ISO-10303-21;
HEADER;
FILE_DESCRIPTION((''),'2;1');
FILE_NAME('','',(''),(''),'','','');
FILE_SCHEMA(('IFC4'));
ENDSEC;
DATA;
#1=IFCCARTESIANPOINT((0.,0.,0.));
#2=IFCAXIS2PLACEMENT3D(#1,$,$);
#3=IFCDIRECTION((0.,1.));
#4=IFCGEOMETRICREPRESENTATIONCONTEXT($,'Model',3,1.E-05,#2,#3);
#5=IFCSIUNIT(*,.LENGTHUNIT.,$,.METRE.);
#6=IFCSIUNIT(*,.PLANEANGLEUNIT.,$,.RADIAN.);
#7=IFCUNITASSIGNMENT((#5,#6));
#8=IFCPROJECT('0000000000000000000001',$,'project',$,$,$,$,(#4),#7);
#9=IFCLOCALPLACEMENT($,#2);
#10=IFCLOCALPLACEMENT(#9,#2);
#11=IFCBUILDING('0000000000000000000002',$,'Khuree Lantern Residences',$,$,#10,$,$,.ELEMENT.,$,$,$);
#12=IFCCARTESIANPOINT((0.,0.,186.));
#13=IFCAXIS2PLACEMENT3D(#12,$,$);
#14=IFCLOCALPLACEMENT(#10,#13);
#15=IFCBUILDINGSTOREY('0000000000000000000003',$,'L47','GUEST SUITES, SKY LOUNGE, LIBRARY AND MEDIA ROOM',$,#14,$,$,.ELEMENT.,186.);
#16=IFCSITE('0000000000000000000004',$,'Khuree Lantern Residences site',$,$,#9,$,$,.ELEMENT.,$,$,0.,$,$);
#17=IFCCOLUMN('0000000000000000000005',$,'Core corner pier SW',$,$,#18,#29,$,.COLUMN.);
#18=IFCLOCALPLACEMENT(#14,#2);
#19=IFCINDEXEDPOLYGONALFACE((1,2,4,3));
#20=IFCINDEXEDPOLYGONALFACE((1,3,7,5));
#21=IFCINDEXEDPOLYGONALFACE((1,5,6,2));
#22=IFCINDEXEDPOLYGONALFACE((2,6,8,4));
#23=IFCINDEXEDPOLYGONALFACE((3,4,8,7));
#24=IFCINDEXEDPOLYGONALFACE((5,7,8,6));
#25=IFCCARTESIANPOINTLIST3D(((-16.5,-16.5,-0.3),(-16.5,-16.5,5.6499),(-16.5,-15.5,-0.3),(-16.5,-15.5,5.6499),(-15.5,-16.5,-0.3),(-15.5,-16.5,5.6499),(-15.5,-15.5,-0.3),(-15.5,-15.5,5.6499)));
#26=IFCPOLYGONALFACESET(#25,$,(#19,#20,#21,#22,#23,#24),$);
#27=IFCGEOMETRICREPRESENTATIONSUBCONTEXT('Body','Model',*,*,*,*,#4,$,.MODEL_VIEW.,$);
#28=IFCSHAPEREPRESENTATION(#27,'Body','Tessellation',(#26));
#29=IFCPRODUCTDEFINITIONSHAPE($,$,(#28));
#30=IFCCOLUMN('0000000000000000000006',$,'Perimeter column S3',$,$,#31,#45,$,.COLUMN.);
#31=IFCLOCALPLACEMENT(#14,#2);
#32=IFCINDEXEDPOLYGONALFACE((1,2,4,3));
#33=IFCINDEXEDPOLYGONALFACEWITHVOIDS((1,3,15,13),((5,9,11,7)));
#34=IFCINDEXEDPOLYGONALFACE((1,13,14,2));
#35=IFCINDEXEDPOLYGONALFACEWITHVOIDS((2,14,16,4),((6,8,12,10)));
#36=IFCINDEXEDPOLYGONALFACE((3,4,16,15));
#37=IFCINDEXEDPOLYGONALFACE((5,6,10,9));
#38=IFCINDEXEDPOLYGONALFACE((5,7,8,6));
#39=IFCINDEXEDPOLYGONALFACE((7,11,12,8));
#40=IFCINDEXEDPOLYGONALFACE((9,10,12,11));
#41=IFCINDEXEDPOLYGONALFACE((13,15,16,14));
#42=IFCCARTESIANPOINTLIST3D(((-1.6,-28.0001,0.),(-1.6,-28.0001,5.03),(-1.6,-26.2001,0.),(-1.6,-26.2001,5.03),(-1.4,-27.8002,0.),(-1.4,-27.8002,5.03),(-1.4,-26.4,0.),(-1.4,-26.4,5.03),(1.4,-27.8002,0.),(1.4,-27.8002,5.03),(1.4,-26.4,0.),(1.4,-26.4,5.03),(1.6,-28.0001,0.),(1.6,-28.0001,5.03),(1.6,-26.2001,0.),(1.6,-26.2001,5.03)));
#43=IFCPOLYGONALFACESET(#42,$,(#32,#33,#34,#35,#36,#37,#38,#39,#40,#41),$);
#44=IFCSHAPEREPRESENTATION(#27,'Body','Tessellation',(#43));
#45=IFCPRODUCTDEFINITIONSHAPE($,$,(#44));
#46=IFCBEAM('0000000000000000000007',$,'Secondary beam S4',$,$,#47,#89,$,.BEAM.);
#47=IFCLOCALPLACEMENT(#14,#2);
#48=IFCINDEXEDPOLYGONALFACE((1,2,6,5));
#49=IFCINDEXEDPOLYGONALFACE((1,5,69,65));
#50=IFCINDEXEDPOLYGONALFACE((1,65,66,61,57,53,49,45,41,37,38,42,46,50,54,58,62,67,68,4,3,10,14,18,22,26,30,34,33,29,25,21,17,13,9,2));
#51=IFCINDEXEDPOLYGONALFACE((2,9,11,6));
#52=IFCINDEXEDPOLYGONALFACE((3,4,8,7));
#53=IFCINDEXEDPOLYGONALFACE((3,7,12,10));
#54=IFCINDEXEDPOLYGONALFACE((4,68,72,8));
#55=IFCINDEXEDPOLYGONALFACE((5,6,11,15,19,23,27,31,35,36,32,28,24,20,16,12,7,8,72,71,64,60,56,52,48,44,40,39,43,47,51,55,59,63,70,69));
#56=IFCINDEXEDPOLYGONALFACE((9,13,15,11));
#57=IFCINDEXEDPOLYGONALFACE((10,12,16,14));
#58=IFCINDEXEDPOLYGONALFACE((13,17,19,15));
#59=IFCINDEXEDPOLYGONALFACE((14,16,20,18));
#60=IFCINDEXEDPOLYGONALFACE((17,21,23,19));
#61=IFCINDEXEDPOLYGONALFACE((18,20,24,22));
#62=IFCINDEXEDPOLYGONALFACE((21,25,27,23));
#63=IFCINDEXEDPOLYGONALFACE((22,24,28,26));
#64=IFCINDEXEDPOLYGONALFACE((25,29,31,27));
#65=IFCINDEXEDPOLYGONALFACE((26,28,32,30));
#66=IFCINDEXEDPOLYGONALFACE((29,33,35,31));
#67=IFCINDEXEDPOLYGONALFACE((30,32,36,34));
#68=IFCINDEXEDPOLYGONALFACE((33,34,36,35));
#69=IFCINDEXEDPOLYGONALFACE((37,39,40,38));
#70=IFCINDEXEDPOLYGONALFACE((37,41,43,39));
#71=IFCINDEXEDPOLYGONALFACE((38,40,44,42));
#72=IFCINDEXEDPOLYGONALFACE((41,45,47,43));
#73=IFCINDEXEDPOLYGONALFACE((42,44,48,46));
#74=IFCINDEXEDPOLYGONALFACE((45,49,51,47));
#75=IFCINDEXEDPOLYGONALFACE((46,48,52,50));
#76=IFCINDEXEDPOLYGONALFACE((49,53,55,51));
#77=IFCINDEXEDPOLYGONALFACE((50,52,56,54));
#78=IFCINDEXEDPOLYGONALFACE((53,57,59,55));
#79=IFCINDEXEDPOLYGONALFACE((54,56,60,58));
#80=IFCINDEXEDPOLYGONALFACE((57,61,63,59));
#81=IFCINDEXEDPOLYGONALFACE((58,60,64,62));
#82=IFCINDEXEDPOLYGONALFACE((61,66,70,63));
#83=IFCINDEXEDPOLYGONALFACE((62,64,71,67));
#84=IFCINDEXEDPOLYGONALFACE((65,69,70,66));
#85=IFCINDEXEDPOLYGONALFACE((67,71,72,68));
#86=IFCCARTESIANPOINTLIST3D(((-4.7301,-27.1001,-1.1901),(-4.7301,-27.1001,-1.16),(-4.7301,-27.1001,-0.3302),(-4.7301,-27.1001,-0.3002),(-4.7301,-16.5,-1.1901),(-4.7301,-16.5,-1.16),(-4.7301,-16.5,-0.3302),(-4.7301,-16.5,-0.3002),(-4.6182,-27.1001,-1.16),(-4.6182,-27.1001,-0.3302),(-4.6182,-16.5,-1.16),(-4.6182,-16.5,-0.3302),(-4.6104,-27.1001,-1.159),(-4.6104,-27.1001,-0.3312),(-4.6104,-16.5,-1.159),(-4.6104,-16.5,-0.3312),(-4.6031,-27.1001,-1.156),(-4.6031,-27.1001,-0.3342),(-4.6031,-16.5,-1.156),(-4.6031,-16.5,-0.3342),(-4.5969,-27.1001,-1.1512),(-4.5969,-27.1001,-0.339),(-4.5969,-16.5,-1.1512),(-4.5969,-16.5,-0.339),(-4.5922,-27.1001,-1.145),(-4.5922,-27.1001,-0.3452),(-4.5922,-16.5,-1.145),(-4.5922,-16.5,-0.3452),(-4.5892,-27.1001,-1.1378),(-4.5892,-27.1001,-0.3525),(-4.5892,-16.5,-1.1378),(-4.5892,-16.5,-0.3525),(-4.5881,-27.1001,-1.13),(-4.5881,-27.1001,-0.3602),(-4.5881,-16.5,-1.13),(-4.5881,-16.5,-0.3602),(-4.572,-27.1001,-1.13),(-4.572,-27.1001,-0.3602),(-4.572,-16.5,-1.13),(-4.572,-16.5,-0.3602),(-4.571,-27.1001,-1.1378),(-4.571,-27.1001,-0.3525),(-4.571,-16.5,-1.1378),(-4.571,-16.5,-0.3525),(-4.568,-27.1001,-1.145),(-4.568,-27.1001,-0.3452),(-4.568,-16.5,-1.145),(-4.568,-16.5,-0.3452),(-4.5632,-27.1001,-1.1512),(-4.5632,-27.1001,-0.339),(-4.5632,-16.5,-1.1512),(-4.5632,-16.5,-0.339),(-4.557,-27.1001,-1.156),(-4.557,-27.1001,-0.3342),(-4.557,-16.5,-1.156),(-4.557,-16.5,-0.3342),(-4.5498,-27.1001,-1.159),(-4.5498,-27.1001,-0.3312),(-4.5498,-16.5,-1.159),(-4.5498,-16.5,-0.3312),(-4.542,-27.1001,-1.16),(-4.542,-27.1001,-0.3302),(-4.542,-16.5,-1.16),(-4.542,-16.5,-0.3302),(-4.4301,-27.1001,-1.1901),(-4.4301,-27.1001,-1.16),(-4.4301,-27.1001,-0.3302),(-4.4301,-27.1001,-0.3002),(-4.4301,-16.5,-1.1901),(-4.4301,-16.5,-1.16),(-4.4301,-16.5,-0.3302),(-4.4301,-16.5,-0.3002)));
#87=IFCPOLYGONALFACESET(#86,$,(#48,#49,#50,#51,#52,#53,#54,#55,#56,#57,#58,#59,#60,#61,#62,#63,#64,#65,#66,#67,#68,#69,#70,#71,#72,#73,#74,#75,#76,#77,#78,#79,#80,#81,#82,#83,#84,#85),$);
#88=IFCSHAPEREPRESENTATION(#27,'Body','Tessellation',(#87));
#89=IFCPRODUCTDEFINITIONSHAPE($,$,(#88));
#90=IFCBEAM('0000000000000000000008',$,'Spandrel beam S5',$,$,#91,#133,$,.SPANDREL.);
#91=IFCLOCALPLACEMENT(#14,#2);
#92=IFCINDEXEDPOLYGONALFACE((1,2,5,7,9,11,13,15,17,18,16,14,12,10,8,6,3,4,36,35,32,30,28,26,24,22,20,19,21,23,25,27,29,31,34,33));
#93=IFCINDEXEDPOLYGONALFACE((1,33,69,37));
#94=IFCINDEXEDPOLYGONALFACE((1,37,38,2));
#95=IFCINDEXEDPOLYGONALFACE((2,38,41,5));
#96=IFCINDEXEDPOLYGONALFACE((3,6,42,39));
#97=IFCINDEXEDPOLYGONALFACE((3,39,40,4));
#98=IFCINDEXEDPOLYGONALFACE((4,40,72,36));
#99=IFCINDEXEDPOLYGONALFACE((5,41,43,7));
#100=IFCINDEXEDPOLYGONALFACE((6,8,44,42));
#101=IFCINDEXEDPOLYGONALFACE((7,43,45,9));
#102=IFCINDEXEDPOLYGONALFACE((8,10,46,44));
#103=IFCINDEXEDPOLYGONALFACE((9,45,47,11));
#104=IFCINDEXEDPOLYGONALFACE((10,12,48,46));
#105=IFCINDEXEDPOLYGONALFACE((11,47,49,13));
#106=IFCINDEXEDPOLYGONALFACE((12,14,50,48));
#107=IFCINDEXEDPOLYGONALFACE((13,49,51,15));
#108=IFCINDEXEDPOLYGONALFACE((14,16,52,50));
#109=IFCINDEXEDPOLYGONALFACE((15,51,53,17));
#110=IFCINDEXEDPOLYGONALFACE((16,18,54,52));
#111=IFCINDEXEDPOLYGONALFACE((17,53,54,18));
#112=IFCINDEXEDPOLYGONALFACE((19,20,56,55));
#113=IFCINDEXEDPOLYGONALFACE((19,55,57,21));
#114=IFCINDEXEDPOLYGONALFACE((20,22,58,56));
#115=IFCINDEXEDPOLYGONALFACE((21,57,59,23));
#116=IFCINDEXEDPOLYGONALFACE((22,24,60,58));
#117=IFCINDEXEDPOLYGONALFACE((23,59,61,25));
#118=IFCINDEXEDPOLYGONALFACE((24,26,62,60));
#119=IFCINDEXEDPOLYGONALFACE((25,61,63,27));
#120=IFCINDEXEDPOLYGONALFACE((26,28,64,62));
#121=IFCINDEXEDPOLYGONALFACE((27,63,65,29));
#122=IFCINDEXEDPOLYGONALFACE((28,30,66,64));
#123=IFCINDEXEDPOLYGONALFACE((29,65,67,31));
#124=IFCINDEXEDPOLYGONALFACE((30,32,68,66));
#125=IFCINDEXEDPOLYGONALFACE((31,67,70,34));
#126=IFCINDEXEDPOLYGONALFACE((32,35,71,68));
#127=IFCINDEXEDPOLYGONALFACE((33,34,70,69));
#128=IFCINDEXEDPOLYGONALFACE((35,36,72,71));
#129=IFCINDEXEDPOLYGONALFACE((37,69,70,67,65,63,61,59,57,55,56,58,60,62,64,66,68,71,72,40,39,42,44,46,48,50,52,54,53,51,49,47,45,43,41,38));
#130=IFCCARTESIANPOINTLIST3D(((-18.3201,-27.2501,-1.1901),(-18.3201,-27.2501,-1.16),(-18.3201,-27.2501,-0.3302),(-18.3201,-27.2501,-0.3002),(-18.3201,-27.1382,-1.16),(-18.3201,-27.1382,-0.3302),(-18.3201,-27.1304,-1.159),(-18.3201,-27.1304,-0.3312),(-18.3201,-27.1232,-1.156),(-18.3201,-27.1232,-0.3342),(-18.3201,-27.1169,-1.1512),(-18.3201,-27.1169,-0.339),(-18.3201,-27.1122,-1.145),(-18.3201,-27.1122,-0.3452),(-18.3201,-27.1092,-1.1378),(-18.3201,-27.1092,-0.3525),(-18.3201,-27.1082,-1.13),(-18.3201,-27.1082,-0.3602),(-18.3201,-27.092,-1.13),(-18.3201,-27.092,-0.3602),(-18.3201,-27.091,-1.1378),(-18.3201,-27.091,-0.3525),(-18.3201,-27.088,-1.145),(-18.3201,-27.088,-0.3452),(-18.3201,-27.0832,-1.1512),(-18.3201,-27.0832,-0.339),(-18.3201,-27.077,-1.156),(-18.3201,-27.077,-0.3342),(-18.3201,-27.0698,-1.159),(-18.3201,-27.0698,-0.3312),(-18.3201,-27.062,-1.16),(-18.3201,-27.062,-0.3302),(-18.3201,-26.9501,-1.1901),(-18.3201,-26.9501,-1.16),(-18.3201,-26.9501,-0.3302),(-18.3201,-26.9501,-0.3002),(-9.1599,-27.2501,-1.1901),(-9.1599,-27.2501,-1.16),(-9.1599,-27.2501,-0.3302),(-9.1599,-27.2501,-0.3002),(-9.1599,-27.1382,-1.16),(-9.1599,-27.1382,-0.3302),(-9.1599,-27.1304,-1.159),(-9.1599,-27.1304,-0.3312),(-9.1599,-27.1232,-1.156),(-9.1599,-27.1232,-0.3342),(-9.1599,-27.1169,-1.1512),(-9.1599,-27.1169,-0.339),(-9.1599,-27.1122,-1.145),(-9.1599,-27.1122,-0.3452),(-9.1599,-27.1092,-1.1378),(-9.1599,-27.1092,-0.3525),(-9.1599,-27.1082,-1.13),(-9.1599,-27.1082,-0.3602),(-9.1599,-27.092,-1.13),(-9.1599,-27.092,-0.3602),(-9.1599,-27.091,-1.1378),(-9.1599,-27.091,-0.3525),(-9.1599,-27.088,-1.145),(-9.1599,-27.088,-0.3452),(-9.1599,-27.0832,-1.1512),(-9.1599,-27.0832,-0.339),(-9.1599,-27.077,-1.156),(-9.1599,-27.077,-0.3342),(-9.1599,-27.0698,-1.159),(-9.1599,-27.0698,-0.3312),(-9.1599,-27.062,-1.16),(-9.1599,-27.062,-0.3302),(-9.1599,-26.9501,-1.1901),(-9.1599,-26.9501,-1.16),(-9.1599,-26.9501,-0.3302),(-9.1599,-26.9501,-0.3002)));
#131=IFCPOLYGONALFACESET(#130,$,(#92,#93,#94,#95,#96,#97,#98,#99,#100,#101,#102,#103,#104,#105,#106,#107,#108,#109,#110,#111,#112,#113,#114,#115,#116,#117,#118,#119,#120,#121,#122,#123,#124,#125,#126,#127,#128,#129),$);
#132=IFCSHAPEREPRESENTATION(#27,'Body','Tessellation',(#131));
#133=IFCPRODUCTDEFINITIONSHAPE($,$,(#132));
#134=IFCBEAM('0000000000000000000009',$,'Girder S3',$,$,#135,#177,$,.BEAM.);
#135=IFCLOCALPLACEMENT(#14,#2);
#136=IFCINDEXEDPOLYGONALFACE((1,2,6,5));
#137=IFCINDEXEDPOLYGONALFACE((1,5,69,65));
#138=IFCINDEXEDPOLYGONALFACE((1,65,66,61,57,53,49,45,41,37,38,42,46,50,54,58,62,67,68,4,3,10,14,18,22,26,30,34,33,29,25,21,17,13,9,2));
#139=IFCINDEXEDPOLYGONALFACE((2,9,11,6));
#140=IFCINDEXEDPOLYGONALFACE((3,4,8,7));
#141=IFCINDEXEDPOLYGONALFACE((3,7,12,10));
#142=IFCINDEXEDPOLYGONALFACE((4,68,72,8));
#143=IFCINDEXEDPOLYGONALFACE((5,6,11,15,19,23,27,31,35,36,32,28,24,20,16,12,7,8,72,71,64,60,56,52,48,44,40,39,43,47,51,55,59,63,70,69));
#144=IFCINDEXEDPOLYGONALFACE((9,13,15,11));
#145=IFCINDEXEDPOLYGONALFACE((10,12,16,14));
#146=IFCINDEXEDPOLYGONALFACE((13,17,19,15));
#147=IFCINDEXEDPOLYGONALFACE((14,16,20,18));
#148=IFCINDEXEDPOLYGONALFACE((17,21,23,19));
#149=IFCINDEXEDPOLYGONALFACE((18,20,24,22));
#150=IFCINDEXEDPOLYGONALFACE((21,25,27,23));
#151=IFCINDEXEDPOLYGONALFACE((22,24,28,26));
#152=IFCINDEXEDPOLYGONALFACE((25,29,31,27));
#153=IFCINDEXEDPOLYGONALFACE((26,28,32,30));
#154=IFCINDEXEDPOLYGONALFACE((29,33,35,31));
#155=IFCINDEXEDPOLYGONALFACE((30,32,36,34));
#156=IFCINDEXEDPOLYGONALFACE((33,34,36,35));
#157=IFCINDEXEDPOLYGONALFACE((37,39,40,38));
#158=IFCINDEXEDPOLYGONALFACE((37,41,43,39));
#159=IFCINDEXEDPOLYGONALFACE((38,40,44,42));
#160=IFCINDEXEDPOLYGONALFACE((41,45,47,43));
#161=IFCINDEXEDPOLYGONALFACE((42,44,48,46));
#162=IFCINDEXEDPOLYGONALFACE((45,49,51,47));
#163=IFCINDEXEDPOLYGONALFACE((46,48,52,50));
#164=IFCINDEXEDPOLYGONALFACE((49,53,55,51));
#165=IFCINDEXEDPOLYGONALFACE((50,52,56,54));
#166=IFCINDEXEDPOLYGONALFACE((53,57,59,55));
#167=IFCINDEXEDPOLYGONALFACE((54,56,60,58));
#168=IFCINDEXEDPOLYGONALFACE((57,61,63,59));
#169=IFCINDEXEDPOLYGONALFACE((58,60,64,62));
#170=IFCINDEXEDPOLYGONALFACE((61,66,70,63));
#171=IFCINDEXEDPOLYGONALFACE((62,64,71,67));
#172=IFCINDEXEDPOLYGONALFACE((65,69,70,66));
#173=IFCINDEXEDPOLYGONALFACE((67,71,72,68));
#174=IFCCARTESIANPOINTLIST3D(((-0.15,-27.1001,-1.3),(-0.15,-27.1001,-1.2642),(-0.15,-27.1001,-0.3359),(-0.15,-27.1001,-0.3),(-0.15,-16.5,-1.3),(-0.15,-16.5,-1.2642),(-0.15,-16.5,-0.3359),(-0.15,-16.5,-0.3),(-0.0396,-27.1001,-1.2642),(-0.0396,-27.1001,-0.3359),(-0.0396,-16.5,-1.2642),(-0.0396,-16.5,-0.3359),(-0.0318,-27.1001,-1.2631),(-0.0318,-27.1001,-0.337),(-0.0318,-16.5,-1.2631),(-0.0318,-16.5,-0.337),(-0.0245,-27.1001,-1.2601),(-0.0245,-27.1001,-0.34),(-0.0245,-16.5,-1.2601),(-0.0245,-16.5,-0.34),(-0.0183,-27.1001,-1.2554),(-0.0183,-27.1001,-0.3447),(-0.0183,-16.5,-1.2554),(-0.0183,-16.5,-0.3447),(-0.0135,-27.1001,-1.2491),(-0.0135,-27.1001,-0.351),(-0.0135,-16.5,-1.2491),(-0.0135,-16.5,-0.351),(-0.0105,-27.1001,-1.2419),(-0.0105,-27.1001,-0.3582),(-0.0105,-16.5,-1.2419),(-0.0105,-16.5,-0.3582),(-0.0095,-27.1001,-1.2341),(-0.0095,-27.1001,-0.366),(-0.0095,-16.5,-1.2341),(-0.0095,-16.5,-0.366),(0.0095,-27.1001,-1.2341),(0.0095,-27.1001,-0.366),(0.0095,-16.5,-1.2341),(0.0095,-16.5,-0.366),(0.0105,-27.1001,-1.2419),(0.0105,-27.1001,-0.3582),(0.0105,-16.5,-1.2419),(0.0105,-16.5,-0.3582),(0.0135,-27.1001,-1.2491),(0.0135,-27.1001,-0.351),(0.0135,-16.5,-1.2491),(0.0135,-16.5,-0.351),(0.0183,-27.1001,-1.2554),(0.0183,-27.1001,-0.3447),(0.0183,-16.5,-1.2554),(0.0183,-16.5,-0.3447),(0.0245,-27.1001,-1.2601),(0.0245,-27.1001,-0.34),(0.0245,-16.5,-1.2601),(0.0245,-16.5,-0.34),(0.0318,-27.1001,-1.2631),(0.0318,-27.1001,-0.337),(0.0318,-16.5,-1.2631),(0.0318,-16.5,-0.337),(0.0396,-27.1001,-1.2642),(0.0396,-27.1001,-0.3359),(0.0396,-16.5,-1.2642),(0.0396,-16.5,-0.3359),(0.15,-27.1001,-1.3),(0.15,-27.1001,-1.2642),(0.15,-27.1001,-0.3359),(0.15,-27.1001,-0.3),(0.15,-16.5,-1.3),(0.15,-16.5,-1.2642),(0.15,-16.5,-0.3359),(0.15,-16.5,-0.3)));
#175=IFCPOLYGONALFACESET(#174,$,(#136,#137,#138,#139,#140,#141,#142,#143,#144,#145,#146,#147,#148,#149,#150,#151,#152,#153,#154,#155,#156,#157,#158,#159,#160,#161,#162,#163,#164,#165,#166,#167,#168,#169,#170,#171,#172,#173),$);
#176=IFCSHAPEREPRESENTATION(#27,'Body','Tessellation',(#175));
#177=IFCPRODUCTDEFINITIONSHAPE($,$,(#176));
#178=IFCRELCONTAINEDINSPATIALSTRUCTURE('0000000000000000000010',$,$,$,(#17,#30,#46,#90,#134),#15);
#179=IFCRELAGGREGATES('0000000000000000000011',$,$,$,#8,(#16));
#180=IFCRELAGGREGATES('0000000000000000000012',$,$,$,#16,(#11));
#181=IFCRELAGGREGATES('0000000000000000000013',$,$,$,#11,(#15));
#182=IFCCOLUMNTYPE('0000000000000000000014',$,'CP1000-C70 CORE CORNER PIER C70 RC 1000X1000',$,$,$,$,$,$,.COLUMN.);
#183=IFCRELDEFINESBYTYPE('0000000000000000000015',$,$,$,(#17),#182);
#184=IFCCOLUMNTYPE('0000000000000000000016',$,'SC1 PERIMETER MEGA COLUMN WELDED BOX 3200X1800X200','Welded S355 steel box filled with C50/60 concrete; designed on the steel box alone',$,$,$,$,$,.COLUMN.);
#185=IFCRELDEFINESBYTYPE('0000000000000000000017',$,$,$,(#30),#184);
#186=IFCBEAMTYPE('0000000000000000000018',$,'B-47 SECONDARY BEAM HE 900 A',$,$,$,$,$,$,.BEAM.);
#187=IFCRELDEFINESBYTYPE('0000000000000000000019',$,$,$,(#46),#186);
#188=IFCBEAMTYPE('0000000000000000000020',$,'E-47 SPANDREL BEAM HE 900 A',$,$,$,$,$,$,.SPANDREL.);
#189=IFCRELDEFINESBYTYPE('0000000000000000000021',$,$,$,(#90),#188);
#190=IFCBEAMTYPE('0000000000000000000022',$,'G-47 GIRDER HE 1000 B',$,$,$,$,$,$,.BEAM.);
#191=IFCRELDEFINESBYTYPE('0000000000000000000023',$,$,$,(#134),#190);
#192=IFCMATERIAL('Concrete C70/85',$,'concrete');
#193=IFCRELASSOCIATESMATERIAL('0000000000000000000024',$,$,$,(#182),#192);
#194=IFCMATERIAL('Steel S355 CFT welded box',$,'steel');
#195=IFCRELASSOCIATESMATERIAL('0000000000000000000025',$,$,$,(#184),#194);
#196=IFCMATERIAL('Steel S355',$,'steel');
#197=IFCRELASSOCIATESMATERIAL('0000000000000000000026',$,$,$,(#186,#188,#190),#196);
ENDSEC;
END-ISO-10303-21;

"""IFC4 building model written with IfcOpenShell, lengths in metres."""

from ifc_helpers import new_model, si_unit, direction, frame, origin, origin_2d, place, context, subcontext, project, spatial, rectangle, hollow_rectangle, i_section, extrude, material, material_profile, profile_set, type_object, element, save


model = new_model("IFC4")

# Units and contexts
model_context = context("Model", 3, precision=1e-05, world=origin(), true_north=direction((0.0, 1.0)))
body_context = subcontext(model_context, "Body", "Model", "MODEL_VIEW")
ifc_project = project(units=[si_unit("LENGTHUNIT", "METRE"), si_unit("PLANEANGLEUNIT", "RADIAN")], contexts=[model_context])

# Site, building, storey
site_placement = place(None, origin())
site = spatial("IfcSite", under=ifc_project, at=site_placement, Name="Khuree Lantern Residences site", CompositionType="ELEMENT", RefElevation=0.0)
building_placement = place(site_placement, origin())
building = spatial("IfcBuilding", under=site, at=building_placement, Name="Khuree Lantern Residences", CompositionType="ELEMENT")
storey_placement = place(building_placement, frame((0.0, 0.0, 186.0)))
storey = spatial("IfcBuildingStorey", under=building, at=storey_placement, Name="L47", Description="GUEST SUITES, SKY LOUNGE, LIBRARY AND MEDIA ROOM", CompositionType="ELEMENT", Elevation=186.0)

# Columns
ifc_material_1 = material(Name="Concrete C70/85", Category="concrete")
ifc_material_profile_1 = material_profile(ifc_material_1, rectangle(XDim=1.0, YDim=1.0, at=origin_2d()), Name="RC 1000X1000")
ifc_profile_set_1 = profile_set([ifc_material_profile_1], Name="Concrete C70/85")
column_type_1 = type_object("IfcColumnType", Name="CP1000-C70 CORE CORNER PIER C70 RC 1000X1000", PredefinedType="COLUMN", material=ifc_profile_set_1)
column_1_placement = place(storey_placement, frame((-16.0, -16.0, -0.3), z_axis=(0.0, 0.0, 1.0), x_axis=(1.0, 0.0, 0.0)))
element("IfcColumn", 1, at=column_1_placement, inside=storey, type_object=column_type_1, Name="Core corner pier SW", PredefinedType="COLUMN", context=body_context, shape_type="SweptSolid", body=[
    extrude(rectangle(XDim=1.0, YDim=1.0, at=origin_2d()), origin(), (0.0, 0.0, 1.0), 5.95),
])
ifc_material_2 = material(Name="Steel S355 CFT welded box", Category="steel")
ifc_material_profile_2 = material_profile(ifc_material_2, hollow_rectangle(XDim=3.2, YDim=1.8, WallThickness=0.2, at=origin_2d()), Name="WELDED BOX 3200X1800X200")
ifc_profile_set_2 = profile_set([ifc_material_profile_2], Name="Steel S355 CFT welded box")
column_type_2 = type_object("IfcColumnType", Name="SC1 PERIMETER MEGA COLUMN WELDED BOX 3200X1800X200", Description="Welded S355 steel box filled with C50/60 concrete; designed on the steel box alone", PredefinedType="COLUMN", material=ifc_profile_set_2)
column_2_placement = place(storey_placement, frame((0.0, -27.1001, 0.0), z_axis=(0.0, 0.0, 1.0), x_axis=(1.0, 0.0, 0.0)))
element("IfcColumn", 2, at=column_2_placement, inside=storey, type_object=column_type_2, Name="Perimeter column S3", PredefinedType="COLUMN", context=body_context, shape_type="SweptSolid", body=[
    extrude(hollow_rectangle(XDim=3.2, YDim=1.8, WallThickness=0.2, at=origin_2d()), origin(), (0.0, 0.0, 1.0), 5.03),
])

# Beams
ifc_material_3 = material(Name="Steel S355", Category="steel")
ifc_material_profile_3 = material_profile(ifc_material_3, i_section(OverallWidth=0.3, OverallDepth=0.8899, WebThickness=0.0161, FlangeThickness=0.03, FilletRadius=0.03, at=origin_2d()), Name="HE 900 A")
ifc_profile_set_3 = profile_set([ifc_material_profile_3], Name="Steel S355")
beam_type_1 = type_object("IfcBeamType", Name="B-47 SECONDARY BEAM HE 900 A", PredefinedType="BEAM", material=ifc_profile_set_3)
beam_1_placement = place(storey_placement, frame((-4.5801, -27.1001, -0.7451), z_axis=(0.0, 1.0, 0.0), x_axis=(-1.0, 0.0, 0.0)))
element("IfcBeam", 3, at=beam_1_placement, inside=storey, type_object=beam_type_1, Name="Secondary beam S4", PredefinedType="BEAM", context=body_context, shape_type="SweptSolid", body=[
    extrude(i_section(OverallWidth=0.3, OverallDepth=0.8899, WebThickness=0.0161, FlangeThickness=0.03, FilletRadius=0.03, at=origin_2d()), origin(), (0.0, 0.0, 1.0), 10.6001),
])
ifc_material_profile_4 = material_profile(ifc_material_3, i_section(OverallWidth=0.3, OverallDepth=0.8899, WebThickness=0.0161, FlangeThickness=0.03, FilletRadius=0.03, at=origin_2d()), Name="HE 900 A")
ifc_profile_set_4 = profile_set([ifc_material_profile_4], Name="Steel S355")
beam_type_2 = type_object("IfcBeamType", Name="E-47 SPANDREL BEAM HE 900 A", PredefinedType="SPANDREL", material=ifc_profile_set_4)
beam_2_placement = place(storey_placement, frame((-9.1599, -27.1001, -0.7451), z_axis=(-1.0, 0.0, 0.0), x_axis=(0.0, -1.0, 0.0)))
element("IfcBeam", 4, at=beam_2_placement, inside=storey, type_object=beam_type_2, Name="Spandrel beam S5", PredefinedType="SPANDREL", context=body_context, shape_type="SweptSolid", body=[
    extrude(i_section(OverallWidth=0.3, OverallDepth=0.8899, WebThickness=0.0161, FlangeThickness=0.03, FilletRadius=0.03, at=origin_2d()), origin(), (0.0, 0.0, 1.0), 9.1602),
])
ifc_material_profile_5 = material_profile(ifc_material_3, i_section(OverallWidth=0.3, OverallDepth=1.0, WebThickness=0.019, FlangeThickness=0.0359, FilletRadius=0.03, at=origin_2d()), Name="HE 1000 B")
ifc_profile_set_5 = profile_set([ifc_material_profile_5], Name="Steel S355")
beam_type_3 = type_object("IfcBeamType", Name="G-47 GIRDER HE 1000 B", PredefinedType="BEAM", material=ifc_profile_set_5)
for number, where, z_axis, x_axis, name in (
    (5, (0.0, -27.1001, -0.8), (0.0, 1.0, 0.0), (-1.0, 0.0, 0.0), "Girder S3"),
):
    element("IfcBeam", number, at=place(storey_placement, frame(where, z_axis=z_axis, x_axis=x_axis)), inside=storey, type_object=beam_type_3, Name=name, PredefinedType="BEAM", context=body_context, shape_type="SweptSolid", body=[
        extrude(i_section(OverallWidth=0.3, OverallDepth=1.0, WebThickness=0.019, FlangeThickness=0.0359, FilletRadius=0.03, at=origin_2d()), origin(), (0.0, 0.0, 1.0), 10.6001),
    ])

save(model, "model.ifc")
